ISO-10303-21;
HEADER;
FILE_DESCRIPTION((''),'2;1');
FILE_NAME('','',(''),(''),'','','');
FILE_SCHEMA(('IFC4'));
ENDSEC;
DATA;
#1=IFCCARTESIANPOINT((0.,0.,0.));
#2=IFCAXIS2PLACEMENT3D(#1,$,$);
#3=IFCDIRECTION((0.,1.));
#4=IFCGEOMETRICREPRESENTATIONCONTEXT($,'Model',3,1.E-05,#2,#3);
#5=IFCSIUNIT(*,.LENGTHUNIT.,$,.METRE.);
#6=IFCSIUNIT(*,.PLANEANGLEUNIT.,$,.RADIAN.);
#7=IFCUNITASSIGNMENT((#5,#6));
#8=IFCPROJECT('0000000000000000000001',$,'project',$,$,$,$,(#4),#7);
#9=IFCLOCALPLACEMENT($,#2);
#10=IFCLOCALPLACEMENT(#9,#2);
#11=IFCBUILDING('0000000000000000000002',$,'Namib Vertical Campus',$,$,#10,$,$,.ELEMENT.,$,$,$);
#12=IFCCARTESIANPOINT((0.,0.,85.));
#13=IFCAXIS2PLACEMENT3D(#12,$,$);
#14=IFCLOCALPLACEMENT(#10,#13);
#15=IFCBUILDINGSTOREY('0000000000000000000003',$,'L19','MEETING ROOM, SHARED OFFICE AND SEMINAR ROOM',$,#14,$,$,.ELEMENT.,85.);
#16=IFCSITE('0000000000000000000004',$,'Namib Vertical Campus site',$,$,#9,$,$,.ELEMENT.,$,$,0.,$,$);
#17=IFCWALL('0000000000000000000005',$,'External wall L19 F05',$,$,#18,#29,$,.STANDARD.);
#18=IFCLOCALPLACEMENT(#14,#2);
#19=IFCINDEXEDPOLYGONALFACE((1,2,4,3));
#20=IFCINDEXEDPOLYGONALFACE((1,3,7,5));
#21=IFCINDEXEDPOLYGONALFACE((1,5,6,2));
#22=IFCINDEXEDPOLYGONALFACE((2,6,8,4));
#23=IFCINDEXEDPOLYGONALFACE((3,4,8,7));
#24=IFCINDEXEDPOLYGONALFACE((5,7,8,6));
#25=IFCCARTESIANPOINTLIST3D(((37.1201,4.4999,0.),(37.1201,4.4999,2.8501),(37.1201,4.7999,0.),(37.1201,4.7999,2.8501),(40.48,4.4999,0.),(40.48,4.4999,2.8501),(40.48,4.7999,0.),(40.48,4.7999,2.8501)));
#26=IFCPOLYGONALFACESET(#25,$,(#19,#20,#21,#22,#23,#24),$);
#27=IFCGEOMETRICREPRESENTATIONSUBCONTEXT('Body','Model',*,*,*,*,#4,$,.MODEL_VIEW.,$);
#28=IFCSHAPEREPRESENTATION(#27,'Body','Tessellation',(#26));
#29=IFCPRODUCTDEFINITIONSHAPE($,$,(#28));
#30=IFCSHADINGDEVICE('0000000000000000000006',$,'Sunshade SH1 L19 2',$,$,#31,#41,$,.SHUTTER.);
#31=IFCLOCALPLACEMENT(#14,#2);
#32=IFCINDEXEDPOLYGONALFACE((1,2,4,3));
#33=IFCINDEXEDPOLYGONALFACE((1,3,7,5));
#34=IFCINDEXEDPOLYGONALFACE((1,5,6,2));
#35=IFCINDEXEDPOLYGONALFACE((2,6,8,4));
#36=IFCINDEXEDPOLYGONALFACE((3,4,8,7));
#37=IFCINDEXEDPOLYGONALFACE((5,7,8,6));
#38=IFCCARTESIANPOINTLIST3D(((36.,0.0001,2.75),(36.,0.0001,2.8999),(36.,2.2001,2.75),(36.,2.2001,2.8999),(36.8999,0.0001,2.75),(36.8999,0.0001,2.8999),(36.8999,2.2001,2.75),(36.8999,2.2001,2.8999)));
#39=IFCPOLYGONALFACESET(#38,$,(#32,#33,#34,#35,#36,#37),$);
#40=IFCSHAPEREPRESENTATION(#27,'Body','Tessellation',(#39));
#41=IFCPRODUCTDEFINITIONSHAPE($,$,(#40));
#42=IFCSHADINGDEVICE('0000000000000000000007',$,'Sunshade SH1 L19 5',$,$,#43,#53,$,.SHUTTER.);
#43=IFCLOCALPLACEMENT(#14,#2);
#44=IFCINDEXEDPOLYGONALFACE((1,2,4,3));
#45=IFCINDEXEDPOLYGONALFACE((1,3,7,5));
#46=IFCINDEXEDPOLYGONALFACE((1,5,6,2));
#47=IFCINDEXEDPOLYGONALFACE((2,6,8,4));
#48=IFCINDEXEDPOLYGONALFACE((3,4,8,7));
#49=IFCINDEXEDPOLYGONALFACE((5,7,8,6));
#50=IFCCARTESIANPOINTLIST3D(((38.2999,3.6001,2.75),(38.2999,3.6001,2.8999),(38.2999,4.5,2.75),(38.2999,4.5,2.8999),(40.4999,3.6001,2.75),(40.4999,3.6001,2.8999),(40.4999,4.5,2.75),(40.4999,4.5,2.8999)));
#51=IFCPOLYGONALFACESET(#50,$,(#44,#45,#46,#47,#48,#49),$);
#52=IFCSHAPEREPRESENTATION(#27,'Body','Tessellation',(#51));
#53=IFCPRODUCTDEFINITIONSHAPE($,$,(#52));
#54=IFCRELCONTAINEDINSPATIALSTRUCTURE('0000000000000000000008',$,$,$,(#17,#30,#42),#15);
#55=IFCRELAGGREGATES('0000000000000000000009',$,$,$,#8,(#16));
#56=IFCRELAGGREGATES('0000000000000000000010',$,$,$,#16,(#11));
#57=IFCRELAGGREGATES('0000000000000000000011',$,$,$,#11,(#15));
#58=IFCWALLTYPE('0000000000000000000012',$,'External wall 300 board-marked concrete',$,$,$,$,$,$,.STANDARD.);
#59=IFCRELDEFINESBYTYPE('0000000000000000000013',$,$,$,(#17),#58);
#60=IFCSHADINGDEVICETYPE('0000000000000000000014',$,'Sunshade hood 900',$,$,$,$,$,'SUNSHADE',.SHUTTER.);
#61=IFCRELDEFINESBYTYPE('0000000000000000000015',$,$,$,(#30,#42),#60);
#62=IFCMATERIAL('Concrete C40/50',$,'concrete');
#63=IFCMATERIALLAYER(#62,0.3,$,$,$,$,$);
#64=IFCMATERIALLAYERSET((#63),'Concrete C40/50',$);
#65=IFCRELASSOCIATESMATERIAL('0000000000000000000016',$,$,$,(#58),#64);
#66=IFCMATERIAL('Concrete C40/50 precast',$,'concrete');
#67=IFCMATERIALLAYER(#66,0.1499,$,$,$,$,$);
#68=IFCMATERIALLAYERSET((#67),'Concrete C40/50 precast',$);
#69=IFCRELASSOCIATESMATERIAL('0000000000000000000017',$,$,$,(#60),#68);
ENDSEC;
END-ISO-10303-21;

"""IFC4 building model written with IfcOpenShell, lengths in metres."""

from ifc_helpers import new_model, si_unit, direction, frame, frame_2d, origin, origin_2d, place, context, subcontext, project, spatial, rectangle, extrude, material, layer, layer_set, type_object, element, save


model = new_model("IFC4")

# Units and contexts
model_context = context("Model", 3, precision=1e-05, world=origin(), true_north=direction((0.0, 1.0)))
body_context = subcontext(model_context, "Body", "Model", "MODEL_VIEW")
ifc_project = project(units=[si_unit("LENGTHUNIT", "METRE"), si_unit("PLANEANGLEUNIT", "RADIAN")], contexts=[model_context])

# Site, building, storey
site_placement = place(None, origin())
site = spatial("IfcSite", under=ifc_project, at=site_placement, Name="Namib Vertical Campus site", CompositionType="ELEMENT", RefElevation=0.0)
building_placement = place(site_placement, origin())
building = spatial("IfcBuilding", under=site, at=building_placement, Name="Namib Vertical Campus", CompositionType="ELEMENT")
storey_placement = place(building_placement, frame((0.0, 0.0, 85.0)))
storey = spatial("IfcBuildingStorey", under=building, at=storey_placement, Name="L19", Description="MEETING ROOM, SHARED OFFICE AND SEMINAR ROOM", CompositionType="ELEMENT", Elevation=85.0)

# Wall
ifc_material_1 = material(Name="Concrete C40/50", Category="concrete")
ifc_layer_1 = layer(ifc_material_1, 0.3)
ifc_layer_set_1 = layer_set([ifc_layer_1], Name="Concrete C40/50")
wall_type_1 = type_object("IfcWallType", Name="External wall 300 board-marked concrete", PredefinedType="STANDARD", material=ifc_layer_set_1)
wall_1_placement = place(storey_placement, frame((37.1201, 4.6499, 0.0), z_axis=(0.0, 0.0, 1.0), x_axis=(1.0, 0.0, 0.0)))
element("IfcWall", 1, at=wall_1_placement, inside=storey, type_object=wall_type_1, Name="External wall L19 F05", PredefinedType="STANDARD", context=body_context, shape_type="SweptSolid", body=[
    extrude(rectangle(XDim=3.3599, YDim=0.3, at=frame_2d((1.6799, 0.0))), origin(), (0.0, 0.0, 1.0), 2.8501),
])

# Shading devices
ifc_material_2 = material(Name="Concrete C40/50 precast", Category="concrete")
ifc_layer_2 = layer(ifc_material_2, 0.1499)
ifc_layer_set_2 = layer_set([ifc_layer_2], Name="Concrete C40/50 precast")
shading_device_type = type_object("IfcShadingDeviceType", Name="Sunshade hood 900", ElementType="SUNSHADE", PredefinedType="SHUTTER", material=ifc_layer_set_2)
for number, where, z_axis, x_axis, name in (
    (2, (36.45, 1.1001, 2.75), (0.0, 0.0, 1.0), (0.0, 1.0, 0.0), "Sunshade SH1 L19 2"),
    (3, (39.3999, 4.05, 2.75), (0.0, 0.0, 1.0), (1.0, 0.0, 0.0), "Sunshade SH1 L19 5"),
):
    element("IfcShadingDevice", number, at=place(storey_placement, frame(where, z_axis=z_axis, x_axis=x_axis)), inside=storey, type_object=shading_device_type, Name=name, PredefinedType="SHUTTER", context=body_context, shape_type="SweptSolid", body=[
        extrude(rectangle(XDim=2.2, YDim=0.8999, at=origin_2d()), origin(), (0.0, 0.0, 1.0), 0.1499),
    ])

save(model, "model.ifc")
